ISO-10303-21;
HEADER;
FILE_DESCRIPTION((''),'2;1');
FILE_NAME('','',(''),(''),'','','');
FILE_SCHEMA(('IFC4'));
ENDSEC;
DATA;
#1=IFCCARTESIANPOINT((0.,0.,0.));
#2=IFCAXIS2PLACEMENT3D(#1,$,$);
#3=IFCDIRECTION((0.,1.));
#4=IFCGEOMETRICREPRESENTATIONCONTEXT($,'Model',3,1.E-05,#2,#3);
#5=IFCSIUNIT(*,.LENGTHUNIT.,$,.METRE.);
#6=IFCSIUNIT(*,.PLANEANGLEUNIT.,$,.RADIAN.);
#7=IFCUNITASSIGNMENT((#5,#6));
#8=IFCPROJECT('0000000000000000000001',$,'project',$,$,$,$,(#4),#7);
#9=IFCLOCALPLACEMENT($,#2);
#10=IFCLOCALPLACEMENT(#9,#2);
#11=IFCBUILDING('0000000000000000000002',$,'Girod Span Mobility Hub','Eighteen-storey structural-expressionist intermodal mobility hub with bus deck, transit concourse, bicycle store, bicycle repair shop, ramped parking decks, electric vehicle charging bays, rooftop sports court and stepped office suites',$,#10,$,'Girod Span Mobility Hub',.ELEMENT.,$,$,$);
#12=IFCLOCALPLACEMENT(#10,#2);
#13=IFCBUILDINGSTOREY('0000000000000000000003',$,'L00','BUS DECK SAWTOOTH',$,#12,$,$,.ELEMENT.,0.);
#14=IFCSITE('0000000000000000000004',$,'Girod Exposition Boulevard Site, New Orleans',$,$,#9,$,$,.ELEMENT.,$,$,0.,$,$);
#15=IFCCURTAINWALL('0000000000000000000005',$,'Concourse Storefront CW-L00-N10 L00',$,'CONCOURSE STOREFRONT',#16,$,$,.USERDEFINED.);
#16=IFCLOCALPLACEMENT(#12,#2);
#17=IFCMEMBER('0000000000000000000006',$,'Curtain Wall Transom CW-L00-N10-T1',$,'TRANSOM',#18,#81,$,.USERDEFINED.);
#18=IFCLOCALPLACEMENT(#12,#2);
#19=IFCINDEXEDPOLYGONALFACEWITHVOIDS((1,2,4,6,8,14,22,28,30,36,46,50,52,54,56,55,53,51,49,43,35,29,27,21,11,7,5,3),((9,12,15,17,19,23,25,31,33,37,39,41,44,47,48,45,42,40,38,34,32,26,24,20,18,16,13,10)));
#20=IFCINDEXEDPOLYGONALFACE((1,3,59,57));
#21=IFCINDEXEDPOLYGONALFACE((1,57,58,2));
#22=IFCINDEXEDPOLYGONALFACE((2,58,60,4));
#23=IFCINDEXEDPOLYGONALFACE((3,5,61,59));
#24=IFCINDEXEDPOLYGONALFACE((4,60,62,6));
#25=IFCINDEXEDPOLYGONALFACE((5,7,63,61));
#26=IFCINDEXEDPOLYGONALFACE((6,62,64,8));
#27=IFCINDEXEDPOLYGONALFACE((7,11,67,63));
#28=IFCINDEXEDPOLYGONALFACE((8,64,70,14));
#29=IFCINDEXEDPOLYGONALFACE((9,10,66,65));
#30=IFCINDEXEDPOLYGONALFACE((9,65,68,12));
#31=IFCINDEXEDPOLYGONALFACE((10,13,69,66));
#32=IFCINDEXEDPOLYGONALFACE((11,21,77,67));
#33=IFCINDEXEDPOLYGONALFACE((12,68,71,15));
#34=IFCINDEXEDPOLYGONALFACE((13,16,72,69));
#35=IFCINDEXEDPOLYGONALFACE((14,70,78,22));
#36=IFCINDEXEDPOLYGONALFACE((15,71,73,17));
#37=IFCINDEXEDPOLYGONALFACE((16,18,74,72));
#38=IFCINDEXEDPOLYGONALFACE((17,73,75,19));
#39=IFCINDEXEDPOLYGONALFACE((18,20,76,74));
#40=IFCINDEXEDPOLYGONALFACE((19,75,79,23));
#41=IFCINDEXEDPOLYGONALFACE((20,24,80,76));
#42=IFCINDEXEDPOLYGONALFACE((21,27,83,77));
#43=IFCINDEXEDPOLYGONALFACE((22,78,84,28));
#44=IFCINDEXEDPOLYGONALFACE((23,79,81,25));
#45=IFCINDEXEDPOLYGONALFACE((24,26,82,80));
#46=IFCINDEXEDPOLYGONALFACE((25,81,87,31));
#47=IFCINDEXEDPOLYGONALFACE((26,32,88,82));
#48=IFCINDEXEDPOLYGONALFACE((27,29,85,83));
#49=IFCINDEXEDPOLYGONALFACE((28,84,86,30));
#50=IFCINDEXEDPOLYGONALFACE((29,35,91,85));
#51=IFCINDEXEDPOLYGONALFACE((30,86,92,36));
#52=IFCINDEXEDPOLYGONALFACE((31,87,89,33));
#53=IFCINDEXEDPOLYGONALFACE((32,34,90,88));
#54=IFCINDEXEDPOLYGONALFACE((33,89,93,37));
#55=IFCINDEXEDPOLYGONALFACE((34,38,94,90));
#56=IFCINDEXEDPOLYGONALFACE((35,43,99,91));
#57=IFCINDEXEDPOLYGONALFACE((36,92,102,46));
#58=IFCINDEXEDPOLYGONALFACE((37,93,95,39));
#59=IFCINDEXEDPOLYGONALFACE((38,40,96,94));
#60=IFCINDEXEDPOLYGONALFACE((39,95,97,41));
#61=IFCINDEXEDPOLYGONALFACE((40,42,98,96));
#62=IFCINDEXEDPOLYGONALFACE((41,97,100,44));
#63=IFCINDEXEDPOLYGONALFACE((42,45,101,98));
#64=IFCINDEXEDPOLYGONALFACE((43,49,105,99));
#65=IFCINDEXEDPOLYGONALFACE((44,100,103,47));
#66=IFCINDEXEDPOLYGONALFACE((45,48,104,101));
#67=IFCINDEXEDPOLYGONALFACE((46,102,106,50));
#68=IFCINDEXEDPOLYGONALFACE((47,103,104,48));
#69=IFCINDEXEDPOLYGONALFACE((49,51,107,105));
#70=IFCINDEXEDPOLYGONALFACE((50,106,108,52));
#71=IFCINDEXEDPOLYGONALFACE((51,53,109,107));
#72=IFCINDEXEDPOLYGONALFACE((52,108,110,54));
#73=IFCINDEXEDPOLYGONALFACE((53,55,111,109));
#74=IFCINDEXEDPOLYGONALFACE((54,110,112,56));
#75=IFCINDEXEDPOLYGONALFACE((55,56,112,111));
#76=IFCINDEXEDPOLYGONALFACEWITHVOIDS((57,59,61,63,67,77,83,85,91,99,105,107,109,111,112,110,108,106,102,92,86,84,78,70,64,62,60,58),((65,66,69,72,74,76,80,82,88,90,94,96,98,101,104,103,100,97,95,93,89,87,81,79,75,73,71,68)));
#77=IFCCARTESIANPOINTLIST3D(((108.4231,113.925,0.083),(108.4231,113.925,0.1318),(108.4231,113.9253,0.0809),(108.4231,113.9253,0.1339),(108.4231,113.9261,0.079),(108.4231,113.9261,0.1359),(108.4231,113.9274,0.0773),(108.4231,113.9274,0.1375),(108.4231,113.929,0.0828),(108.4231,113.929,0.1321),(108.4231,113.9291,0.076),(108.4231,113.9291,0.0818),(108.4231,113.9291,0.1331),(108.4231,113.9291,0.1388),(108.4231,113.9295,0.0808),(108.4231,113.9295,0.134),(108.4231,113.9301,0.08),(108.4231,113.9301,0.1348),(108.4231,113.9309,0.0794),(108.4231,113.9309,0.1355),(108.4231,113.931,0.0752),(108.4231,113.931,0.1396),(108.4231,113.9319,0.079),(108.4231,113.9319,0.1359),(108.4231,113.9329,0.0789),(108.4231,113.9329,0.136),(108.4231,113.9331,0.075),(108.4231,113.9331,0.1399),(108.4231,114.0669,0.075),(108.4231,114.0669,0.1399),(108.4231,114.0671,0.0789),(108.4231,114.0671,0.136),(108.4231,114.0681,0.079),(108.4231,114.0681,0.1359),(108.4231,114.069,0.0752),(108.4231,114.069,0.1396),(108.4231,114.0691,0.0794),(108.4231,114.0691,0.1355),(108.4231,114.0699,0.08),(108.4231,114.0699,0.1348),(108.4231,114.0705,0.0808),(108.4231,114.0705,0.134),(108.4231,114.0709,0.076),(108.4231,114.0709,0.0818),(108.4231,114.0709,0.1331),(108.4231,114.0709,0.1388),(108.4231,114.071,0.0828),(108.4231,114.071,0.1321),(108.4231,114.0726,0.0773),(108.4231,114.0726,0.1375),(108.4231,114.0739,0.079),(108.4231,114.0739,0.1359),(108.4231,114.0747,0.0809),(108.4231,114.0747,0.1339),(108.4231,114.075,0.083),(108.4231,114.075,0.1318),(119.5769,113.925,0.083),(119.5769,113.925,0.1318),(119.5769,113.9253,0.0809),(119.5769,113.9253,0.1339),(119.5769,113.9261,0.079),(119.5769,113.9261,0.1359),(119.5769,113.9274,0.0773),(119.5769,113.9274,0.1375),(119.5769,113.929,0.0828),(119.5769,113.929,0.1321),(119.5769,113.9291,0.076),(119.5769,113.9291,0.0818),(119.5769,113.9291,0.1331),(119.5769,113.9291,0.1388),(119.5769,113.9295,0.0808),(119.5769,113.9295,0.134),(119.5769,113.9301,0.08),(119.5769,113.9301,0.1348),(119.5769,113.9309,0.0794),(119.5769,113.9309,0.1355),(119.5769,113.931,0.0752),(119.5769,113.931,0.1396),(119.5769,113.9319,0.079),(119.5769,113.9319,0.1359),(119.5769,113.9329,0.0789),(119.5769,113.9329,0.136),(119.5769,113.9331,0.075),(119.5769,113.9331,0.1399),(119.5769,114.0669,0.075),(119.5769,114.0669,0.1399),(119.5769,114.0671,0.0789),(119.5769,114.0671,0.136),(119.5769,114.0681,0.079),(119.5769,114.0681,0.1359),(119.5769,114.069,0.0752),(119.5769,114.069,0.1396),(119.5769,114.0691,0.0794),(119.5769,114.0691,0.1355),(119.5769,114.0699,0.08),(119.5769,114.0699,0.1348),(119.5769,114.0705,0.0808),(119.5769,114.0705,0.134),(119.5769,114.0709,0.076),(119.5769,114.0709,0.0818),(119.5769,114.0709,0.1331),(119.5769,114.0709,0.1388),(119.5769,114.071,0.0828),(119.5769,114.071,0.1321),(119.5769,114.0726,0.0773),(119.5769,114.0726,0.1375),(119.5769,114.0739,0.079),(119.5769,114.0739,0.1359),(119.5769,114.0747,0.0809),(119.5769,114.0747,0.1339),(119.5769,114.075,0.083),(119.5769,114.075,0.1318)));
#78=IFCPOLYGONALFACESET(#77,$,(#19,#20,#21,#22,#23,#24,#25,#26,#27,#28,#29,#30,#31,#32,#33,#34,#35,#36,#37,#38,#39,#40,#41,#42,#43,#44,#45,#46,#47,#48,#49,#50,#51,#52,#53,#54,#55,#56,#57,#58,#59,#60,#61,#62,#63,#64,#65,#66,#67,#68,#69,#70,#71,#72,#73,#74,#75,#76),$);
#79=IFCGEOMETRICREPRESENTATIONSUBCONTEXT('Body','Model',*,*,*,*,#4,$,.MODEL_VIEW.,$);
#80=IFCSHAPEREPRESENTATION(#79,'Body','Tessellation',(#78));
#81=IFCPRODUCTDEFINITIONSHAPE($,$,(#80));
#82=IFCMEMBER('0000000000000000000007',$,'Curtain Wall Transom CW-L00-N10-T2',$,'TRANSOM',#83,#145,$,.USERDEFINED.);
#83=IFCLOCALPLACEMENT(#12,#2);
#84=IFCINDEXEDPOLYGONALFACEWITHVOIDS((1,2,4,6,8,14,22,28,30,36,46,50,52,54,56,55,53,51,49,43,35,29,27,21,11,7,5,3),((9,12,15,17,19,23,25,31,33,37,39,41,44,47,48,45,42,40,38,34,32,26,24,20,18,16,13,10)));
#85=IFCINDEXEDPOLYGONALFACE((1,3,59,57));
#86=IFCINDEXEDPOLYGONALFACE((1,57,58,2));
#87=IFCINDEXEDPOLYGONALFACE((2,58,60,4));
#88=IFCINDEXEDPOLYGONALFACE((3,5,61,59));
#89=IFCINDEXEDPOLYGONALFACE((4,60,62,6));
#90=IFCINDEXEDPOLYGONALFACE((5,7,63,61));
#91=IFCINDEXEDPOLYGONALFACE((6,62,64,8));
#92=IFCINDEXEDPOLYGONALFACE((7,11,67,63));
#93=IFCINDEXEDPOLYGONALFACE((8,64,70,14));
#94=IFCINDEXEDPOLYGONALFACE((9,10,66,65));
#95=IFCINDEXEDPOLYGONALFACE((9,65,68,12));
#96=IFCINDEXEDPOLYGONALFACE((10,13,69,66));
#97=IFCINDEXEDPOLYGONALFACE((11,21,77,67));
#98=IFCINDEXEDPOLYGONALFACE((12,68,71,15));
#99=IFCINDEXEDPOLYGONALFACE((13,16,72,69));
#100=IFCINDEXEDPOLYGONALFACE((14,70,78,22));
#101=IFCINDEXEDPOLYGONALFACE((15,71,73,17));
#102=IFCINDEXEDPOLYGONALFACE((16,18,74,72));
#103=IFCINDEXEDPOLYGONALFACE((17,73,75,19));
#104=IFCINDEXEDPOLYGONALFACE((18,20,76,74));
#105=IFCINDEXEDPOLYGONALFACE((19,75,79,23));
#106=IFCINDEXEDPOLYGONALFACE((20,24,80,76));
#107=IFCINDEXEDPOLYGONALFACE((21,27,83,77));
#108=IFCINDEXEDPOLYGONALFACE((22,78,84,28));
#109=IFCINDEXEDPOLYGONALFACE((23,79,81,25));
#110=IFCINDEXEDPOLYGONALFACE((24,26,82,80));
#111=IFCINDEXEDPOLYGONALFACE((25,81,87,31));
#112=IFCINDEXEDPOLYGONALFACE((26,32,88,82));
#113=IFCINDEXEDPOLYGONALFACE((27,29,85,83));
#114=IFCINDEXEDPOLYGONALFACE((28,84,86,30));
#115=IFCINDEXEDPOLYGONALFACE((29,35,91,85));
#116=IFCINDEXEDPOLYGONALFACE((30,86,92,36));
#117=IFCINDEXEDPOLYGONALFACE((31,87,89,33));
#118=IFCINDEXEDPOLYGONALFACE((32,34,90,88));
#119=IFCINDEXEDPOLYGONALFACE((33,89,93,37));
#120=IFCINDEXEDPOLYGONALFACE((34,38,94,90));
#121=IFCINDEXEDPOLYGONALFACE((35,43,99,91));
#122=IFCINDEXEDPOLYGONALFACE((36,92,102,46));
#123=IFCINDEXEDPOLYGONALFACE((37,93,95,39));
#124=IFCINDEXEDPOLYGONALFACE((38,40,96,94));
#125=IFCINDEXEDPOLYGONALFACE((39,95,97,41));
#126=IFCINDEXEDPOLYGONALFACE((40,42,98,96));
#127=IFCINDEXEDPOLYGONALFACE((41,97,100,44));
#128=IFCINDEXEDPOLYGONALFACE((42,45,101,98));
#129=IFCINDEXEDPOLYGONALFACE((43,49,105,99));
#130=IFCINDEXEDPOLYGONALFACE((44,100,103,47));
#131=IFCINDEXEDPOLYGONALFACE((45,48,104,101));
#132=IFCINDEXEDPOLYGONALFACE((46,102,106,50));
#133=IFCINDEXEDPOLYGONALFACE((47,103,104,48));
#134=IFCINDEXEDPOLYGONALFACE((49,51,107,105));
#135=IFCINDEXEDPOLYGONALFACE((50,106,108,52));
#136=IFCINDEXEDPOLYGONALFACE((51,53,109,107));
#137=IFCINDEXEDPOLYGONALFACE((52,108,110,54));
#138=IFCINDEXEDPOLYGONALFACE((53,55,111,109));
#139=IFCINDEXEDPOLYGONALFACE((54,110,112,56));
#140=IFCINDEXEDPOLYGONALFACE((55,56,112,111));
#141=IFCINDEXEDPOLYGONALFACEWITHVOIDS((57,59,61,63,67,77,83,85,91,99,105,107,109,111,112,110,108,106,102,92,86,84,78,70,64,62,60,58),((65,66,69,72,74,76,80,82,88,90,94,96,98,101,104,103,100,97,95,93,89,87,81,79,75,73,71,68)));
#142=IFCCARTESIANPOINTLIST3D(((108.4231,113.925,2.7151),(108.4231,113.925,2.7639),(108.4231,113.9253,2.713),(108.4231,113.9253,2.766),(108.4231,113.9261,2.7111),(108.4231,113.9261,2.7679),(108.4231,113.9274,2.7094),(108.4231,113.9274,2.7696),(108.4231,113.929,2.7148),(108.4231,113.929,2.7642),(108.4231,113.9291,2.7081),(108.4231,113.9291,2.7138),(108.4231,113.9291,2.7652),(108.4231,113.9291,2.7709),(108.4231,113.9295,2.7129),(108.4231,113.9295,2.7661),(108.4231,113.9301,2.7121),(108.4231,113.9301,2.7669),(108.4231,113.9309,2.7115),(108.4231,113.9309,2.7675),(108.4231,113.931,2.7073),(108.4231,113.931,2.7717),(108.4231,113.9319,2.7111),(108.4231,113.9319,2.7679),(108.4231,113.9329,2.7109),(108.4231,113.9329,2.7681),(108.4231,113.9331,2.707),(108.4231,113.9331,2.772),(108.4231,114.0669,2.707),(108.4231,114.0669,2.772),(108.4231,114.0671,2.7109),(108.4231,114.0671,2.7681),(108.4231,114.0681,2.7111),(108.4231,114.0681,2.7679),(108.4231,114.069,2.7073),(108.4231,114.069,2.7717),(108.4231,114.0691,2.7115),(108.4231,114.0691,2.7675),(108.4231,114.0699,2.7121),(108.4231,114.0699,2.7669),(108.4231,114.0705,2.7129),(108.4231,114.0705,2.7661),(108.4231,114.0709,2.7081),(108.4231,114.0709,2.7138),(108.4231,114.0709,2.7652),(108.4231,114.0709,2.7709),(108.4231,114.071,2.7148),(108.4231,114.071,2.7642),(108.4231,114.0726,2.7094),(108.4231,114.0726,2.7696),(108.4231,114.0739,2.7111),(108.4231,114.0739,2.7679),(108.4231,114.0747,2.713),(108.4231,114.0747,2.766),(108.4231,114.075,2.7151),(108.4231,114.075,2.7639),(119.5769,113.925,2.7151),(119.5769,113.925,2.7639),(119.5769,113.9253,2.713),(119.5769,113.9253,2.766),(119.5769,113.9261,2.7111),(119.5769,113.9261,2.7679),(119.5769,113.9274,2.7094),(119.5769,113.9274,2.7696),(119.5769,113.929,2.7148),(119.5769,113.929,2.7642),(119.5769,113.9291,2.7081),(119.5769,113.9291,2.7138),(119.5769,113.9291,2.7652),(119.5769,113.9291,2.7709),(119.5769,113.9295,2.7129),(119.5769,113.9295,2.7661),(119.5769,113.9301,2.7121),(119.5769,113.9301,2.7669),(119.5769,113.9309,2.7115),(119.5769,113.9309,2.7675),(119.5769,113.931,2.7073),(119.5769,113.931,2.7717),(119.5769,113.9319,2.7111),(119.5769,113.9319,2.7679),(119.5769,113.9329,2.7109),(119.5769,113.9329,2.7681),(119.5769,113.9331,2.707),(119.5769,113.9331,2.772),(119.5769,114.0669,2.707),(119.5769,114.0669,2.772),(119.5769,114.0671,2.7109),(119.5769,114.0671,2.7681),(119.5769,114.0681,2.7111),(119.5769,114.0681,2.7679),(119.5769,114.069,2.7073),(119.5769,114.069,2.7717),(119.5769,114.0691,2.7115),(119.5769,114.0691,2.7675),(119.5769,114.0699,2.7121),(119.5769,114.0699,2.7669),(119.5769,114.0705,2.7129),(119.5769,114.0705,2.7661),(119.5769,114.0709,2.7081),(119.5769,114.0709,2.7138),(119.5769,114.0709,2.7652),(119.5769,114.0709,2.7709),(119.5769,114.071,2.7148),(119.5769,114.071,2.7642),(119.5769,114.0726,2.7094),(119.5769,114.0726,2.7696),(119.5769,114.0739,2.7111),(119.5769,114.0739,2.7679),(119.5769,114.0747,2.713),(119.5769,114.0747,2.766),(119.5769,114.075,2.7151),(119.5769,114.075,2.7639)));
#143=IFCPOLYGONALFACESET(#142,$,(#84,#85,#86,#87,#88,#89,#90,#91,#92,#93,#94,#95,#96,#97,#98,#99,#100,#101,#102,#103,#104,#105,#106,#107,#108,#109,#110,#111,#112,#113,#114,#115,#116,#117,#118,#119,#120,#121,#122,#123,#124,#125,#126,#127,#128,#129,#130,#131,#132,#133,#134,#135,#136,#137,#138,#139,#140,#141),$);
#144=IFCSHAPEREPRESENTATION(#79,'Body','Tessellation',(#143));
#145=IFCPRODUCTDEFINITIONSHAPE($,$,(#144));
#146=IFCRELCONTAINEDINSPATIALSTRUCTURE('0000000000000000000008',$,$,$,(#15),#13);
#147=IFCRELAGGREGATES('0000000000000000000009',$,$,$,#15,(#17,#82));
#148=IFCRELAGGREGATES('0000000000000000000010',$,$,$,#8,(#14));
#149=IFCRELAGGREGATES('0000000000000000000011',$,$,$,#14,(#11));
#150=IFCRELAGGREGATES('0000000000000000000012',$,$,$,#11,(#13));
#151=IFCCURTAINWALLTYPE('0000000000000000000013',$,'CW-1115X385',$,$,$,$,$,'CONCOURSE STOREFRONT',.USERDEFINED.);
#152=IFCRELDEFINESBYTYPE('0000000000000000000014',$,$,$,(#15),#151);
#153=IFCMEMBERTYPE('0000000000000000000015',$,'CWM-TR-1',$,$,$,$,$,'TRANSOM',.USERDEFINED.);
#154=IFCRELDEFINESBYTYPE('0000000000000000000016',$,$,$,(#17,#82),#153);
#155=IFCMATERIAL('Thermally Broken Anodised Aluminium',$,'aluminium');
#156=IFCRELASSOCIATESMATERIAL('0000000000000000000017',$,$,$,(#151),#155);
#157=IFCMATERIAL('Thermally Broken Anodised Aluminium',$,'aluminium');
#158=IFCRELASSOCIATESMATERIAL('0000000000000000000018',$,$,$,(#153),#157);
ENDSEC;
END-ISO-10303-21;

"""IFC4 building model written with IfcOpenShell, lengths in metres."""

from ifc_helpers import new_model, si_unit, direction, frame, origin, origin_2d, place, context, subcontext, project, spatial, hollow_rectangle, extrude, material, material_profile, profile_set, type_object, element, aggregate, save


model = new_model("IFC4")

# Units and contexts
model_context = context("Model", 3, precision=1e-05, world=origin(), true_north=direction((0.0, 1.0)))
body_context = subcontext(model_context, "Body", "Model", "MODEL_VIEW")
ifc_project = project(units=[si_unit("LENGTHUNIT", "METRE"), si_unit("PLANEANGLEUNIT", "RADIAN")], contexts=[model_context])

# Site, building, storey
site_placement = place(None, origin())
site = spatial("IfcSite", under=ifc_project, at=site_placement, Name="Girod Exposition Boulevard Site, New Orleans", CompositionType="ELEMENT", RefElevation=0.0)
building_placement = place(site_placement, origin())
building = spatial("IfcBuilding", under=site, at=building_placement, Name="Girod Span Mobility Hub", Description="Eighteen-storey structural-expressionist intermodal mobility hub with bus deck, transit concourse, bicycle store, bicycle repair shop, ramped parking decks, electric vehicle charging bays, rooftop sports court and stepped office suites", LongName="Girod Span Mobility Hub", CompositionType="ELEMENT")
storey_placement = place(building_placement, origin())
storey = spatial("IfcBuildingStorey", under=building, at=storey_placement, Name="L00", Description="BUS DECK SAWTOOTH", CompositionType="ELEMENT", Elevation=0.0)

# Shared definitions
ifc_material_1 = material(Name="Thermally Broken Anodised Aluminium", Category="aluminium")
curtain_wall_type = type_object("IfcCurtainWallType", Name="CW-1115X385", ElementType="CONCOURSE STOREFRONT", PredefinedType="USERDEFINED", material=ifc_material_1)

# Curtain wall, members
curtain_wall_1_placement = place(storey_placement, origin())
curtain_wall_1 = element("IfcCurtainWall", 1, at=curtain_wall_1_placement, inside=storey, type_object=curtain_wall_type, Name="Concourse Storefront CW-L00-N10 L00", ObjectType="CONCOURSE STOREFRONT", PredefinedType="USERDEFINED")
ifc_material_2 = material(Name="Thermally Broken Anodised Aluminium", Category="aluminium")
ifc_material_profile_1 = material_profile(ifc_material_2, hollow_rectangle(XDim=0.1499, YDim=0.0649, WallThickness=0.0039, InnerFilletRadius=0.0039, OuterFilletRadius=0.0081, at=origin_2d()), Name="CW-TR-65X150")
ifc_profile_set_1 = profile_set([ifc_material_profile_1], Name="Thermally Broken Anodised Aluminium")
member_type_1 = type_object("IfcMemberType", Name="CWM-TR-1", ElementType="TRANSOM", PredefinedType="USERDEFINED", material=ifc_profile_set_1)
member_1_placement = place(storey_placement, frame((108.4231, 114.0, 0.1074), z_axis=(1.0, 0.0, 0.0), x_axis=(0.0, 1.0, 0.0)))
member_1 = element("IfcMember", 2, at=member_1_placement, type_object=member_type_1, Name="Curtain Wall Transom CW-L00-N10-T1", ObjectType="TRANSOM", PredefinedType="USERDEFINED", context=body_context, shape_type="SweptSolid", body=[
    extrude(hollow_rectangle(XDim=0.1499, YDim=0.0649, WallThickness=0.0039, InnerFilletRadius=0.0039, OuterFilletRadius=0.0081, at=origin_2d()), origin(), (0.0, 0.0, 1.0), 11.1538),
])
member_2_placement = place(storey_placement, frame((108.4231, 114.0, 2.7395), z_axis=(1.0, 0.0, 0.0), x_axis=(0.0, 1.0, 0.0)))
member_2 = element("IfcMember", 3, at=member_2_placement, type_object=member_type_1, Name="Curtain Wall Transom CW-L00-N10-T2", ObjectType="TRANSOM", PredefinedType="USERDEFINED", context=body_context, shape_type="SweptSolid", body=[
    extrude(hollow_rectangle(XDim=0.1499, YDim=0.0649, WallThickness=0.0039, InnerFilletRadius=0.0039, OuterFilletRadius=0.0081, at=origin_2d()), origin(), (0.0, 0.0, 1.0), 11.1538),
])

aggregate(curtain_wall_1, [member_1, member_2])

save(model, "model.ifc")
